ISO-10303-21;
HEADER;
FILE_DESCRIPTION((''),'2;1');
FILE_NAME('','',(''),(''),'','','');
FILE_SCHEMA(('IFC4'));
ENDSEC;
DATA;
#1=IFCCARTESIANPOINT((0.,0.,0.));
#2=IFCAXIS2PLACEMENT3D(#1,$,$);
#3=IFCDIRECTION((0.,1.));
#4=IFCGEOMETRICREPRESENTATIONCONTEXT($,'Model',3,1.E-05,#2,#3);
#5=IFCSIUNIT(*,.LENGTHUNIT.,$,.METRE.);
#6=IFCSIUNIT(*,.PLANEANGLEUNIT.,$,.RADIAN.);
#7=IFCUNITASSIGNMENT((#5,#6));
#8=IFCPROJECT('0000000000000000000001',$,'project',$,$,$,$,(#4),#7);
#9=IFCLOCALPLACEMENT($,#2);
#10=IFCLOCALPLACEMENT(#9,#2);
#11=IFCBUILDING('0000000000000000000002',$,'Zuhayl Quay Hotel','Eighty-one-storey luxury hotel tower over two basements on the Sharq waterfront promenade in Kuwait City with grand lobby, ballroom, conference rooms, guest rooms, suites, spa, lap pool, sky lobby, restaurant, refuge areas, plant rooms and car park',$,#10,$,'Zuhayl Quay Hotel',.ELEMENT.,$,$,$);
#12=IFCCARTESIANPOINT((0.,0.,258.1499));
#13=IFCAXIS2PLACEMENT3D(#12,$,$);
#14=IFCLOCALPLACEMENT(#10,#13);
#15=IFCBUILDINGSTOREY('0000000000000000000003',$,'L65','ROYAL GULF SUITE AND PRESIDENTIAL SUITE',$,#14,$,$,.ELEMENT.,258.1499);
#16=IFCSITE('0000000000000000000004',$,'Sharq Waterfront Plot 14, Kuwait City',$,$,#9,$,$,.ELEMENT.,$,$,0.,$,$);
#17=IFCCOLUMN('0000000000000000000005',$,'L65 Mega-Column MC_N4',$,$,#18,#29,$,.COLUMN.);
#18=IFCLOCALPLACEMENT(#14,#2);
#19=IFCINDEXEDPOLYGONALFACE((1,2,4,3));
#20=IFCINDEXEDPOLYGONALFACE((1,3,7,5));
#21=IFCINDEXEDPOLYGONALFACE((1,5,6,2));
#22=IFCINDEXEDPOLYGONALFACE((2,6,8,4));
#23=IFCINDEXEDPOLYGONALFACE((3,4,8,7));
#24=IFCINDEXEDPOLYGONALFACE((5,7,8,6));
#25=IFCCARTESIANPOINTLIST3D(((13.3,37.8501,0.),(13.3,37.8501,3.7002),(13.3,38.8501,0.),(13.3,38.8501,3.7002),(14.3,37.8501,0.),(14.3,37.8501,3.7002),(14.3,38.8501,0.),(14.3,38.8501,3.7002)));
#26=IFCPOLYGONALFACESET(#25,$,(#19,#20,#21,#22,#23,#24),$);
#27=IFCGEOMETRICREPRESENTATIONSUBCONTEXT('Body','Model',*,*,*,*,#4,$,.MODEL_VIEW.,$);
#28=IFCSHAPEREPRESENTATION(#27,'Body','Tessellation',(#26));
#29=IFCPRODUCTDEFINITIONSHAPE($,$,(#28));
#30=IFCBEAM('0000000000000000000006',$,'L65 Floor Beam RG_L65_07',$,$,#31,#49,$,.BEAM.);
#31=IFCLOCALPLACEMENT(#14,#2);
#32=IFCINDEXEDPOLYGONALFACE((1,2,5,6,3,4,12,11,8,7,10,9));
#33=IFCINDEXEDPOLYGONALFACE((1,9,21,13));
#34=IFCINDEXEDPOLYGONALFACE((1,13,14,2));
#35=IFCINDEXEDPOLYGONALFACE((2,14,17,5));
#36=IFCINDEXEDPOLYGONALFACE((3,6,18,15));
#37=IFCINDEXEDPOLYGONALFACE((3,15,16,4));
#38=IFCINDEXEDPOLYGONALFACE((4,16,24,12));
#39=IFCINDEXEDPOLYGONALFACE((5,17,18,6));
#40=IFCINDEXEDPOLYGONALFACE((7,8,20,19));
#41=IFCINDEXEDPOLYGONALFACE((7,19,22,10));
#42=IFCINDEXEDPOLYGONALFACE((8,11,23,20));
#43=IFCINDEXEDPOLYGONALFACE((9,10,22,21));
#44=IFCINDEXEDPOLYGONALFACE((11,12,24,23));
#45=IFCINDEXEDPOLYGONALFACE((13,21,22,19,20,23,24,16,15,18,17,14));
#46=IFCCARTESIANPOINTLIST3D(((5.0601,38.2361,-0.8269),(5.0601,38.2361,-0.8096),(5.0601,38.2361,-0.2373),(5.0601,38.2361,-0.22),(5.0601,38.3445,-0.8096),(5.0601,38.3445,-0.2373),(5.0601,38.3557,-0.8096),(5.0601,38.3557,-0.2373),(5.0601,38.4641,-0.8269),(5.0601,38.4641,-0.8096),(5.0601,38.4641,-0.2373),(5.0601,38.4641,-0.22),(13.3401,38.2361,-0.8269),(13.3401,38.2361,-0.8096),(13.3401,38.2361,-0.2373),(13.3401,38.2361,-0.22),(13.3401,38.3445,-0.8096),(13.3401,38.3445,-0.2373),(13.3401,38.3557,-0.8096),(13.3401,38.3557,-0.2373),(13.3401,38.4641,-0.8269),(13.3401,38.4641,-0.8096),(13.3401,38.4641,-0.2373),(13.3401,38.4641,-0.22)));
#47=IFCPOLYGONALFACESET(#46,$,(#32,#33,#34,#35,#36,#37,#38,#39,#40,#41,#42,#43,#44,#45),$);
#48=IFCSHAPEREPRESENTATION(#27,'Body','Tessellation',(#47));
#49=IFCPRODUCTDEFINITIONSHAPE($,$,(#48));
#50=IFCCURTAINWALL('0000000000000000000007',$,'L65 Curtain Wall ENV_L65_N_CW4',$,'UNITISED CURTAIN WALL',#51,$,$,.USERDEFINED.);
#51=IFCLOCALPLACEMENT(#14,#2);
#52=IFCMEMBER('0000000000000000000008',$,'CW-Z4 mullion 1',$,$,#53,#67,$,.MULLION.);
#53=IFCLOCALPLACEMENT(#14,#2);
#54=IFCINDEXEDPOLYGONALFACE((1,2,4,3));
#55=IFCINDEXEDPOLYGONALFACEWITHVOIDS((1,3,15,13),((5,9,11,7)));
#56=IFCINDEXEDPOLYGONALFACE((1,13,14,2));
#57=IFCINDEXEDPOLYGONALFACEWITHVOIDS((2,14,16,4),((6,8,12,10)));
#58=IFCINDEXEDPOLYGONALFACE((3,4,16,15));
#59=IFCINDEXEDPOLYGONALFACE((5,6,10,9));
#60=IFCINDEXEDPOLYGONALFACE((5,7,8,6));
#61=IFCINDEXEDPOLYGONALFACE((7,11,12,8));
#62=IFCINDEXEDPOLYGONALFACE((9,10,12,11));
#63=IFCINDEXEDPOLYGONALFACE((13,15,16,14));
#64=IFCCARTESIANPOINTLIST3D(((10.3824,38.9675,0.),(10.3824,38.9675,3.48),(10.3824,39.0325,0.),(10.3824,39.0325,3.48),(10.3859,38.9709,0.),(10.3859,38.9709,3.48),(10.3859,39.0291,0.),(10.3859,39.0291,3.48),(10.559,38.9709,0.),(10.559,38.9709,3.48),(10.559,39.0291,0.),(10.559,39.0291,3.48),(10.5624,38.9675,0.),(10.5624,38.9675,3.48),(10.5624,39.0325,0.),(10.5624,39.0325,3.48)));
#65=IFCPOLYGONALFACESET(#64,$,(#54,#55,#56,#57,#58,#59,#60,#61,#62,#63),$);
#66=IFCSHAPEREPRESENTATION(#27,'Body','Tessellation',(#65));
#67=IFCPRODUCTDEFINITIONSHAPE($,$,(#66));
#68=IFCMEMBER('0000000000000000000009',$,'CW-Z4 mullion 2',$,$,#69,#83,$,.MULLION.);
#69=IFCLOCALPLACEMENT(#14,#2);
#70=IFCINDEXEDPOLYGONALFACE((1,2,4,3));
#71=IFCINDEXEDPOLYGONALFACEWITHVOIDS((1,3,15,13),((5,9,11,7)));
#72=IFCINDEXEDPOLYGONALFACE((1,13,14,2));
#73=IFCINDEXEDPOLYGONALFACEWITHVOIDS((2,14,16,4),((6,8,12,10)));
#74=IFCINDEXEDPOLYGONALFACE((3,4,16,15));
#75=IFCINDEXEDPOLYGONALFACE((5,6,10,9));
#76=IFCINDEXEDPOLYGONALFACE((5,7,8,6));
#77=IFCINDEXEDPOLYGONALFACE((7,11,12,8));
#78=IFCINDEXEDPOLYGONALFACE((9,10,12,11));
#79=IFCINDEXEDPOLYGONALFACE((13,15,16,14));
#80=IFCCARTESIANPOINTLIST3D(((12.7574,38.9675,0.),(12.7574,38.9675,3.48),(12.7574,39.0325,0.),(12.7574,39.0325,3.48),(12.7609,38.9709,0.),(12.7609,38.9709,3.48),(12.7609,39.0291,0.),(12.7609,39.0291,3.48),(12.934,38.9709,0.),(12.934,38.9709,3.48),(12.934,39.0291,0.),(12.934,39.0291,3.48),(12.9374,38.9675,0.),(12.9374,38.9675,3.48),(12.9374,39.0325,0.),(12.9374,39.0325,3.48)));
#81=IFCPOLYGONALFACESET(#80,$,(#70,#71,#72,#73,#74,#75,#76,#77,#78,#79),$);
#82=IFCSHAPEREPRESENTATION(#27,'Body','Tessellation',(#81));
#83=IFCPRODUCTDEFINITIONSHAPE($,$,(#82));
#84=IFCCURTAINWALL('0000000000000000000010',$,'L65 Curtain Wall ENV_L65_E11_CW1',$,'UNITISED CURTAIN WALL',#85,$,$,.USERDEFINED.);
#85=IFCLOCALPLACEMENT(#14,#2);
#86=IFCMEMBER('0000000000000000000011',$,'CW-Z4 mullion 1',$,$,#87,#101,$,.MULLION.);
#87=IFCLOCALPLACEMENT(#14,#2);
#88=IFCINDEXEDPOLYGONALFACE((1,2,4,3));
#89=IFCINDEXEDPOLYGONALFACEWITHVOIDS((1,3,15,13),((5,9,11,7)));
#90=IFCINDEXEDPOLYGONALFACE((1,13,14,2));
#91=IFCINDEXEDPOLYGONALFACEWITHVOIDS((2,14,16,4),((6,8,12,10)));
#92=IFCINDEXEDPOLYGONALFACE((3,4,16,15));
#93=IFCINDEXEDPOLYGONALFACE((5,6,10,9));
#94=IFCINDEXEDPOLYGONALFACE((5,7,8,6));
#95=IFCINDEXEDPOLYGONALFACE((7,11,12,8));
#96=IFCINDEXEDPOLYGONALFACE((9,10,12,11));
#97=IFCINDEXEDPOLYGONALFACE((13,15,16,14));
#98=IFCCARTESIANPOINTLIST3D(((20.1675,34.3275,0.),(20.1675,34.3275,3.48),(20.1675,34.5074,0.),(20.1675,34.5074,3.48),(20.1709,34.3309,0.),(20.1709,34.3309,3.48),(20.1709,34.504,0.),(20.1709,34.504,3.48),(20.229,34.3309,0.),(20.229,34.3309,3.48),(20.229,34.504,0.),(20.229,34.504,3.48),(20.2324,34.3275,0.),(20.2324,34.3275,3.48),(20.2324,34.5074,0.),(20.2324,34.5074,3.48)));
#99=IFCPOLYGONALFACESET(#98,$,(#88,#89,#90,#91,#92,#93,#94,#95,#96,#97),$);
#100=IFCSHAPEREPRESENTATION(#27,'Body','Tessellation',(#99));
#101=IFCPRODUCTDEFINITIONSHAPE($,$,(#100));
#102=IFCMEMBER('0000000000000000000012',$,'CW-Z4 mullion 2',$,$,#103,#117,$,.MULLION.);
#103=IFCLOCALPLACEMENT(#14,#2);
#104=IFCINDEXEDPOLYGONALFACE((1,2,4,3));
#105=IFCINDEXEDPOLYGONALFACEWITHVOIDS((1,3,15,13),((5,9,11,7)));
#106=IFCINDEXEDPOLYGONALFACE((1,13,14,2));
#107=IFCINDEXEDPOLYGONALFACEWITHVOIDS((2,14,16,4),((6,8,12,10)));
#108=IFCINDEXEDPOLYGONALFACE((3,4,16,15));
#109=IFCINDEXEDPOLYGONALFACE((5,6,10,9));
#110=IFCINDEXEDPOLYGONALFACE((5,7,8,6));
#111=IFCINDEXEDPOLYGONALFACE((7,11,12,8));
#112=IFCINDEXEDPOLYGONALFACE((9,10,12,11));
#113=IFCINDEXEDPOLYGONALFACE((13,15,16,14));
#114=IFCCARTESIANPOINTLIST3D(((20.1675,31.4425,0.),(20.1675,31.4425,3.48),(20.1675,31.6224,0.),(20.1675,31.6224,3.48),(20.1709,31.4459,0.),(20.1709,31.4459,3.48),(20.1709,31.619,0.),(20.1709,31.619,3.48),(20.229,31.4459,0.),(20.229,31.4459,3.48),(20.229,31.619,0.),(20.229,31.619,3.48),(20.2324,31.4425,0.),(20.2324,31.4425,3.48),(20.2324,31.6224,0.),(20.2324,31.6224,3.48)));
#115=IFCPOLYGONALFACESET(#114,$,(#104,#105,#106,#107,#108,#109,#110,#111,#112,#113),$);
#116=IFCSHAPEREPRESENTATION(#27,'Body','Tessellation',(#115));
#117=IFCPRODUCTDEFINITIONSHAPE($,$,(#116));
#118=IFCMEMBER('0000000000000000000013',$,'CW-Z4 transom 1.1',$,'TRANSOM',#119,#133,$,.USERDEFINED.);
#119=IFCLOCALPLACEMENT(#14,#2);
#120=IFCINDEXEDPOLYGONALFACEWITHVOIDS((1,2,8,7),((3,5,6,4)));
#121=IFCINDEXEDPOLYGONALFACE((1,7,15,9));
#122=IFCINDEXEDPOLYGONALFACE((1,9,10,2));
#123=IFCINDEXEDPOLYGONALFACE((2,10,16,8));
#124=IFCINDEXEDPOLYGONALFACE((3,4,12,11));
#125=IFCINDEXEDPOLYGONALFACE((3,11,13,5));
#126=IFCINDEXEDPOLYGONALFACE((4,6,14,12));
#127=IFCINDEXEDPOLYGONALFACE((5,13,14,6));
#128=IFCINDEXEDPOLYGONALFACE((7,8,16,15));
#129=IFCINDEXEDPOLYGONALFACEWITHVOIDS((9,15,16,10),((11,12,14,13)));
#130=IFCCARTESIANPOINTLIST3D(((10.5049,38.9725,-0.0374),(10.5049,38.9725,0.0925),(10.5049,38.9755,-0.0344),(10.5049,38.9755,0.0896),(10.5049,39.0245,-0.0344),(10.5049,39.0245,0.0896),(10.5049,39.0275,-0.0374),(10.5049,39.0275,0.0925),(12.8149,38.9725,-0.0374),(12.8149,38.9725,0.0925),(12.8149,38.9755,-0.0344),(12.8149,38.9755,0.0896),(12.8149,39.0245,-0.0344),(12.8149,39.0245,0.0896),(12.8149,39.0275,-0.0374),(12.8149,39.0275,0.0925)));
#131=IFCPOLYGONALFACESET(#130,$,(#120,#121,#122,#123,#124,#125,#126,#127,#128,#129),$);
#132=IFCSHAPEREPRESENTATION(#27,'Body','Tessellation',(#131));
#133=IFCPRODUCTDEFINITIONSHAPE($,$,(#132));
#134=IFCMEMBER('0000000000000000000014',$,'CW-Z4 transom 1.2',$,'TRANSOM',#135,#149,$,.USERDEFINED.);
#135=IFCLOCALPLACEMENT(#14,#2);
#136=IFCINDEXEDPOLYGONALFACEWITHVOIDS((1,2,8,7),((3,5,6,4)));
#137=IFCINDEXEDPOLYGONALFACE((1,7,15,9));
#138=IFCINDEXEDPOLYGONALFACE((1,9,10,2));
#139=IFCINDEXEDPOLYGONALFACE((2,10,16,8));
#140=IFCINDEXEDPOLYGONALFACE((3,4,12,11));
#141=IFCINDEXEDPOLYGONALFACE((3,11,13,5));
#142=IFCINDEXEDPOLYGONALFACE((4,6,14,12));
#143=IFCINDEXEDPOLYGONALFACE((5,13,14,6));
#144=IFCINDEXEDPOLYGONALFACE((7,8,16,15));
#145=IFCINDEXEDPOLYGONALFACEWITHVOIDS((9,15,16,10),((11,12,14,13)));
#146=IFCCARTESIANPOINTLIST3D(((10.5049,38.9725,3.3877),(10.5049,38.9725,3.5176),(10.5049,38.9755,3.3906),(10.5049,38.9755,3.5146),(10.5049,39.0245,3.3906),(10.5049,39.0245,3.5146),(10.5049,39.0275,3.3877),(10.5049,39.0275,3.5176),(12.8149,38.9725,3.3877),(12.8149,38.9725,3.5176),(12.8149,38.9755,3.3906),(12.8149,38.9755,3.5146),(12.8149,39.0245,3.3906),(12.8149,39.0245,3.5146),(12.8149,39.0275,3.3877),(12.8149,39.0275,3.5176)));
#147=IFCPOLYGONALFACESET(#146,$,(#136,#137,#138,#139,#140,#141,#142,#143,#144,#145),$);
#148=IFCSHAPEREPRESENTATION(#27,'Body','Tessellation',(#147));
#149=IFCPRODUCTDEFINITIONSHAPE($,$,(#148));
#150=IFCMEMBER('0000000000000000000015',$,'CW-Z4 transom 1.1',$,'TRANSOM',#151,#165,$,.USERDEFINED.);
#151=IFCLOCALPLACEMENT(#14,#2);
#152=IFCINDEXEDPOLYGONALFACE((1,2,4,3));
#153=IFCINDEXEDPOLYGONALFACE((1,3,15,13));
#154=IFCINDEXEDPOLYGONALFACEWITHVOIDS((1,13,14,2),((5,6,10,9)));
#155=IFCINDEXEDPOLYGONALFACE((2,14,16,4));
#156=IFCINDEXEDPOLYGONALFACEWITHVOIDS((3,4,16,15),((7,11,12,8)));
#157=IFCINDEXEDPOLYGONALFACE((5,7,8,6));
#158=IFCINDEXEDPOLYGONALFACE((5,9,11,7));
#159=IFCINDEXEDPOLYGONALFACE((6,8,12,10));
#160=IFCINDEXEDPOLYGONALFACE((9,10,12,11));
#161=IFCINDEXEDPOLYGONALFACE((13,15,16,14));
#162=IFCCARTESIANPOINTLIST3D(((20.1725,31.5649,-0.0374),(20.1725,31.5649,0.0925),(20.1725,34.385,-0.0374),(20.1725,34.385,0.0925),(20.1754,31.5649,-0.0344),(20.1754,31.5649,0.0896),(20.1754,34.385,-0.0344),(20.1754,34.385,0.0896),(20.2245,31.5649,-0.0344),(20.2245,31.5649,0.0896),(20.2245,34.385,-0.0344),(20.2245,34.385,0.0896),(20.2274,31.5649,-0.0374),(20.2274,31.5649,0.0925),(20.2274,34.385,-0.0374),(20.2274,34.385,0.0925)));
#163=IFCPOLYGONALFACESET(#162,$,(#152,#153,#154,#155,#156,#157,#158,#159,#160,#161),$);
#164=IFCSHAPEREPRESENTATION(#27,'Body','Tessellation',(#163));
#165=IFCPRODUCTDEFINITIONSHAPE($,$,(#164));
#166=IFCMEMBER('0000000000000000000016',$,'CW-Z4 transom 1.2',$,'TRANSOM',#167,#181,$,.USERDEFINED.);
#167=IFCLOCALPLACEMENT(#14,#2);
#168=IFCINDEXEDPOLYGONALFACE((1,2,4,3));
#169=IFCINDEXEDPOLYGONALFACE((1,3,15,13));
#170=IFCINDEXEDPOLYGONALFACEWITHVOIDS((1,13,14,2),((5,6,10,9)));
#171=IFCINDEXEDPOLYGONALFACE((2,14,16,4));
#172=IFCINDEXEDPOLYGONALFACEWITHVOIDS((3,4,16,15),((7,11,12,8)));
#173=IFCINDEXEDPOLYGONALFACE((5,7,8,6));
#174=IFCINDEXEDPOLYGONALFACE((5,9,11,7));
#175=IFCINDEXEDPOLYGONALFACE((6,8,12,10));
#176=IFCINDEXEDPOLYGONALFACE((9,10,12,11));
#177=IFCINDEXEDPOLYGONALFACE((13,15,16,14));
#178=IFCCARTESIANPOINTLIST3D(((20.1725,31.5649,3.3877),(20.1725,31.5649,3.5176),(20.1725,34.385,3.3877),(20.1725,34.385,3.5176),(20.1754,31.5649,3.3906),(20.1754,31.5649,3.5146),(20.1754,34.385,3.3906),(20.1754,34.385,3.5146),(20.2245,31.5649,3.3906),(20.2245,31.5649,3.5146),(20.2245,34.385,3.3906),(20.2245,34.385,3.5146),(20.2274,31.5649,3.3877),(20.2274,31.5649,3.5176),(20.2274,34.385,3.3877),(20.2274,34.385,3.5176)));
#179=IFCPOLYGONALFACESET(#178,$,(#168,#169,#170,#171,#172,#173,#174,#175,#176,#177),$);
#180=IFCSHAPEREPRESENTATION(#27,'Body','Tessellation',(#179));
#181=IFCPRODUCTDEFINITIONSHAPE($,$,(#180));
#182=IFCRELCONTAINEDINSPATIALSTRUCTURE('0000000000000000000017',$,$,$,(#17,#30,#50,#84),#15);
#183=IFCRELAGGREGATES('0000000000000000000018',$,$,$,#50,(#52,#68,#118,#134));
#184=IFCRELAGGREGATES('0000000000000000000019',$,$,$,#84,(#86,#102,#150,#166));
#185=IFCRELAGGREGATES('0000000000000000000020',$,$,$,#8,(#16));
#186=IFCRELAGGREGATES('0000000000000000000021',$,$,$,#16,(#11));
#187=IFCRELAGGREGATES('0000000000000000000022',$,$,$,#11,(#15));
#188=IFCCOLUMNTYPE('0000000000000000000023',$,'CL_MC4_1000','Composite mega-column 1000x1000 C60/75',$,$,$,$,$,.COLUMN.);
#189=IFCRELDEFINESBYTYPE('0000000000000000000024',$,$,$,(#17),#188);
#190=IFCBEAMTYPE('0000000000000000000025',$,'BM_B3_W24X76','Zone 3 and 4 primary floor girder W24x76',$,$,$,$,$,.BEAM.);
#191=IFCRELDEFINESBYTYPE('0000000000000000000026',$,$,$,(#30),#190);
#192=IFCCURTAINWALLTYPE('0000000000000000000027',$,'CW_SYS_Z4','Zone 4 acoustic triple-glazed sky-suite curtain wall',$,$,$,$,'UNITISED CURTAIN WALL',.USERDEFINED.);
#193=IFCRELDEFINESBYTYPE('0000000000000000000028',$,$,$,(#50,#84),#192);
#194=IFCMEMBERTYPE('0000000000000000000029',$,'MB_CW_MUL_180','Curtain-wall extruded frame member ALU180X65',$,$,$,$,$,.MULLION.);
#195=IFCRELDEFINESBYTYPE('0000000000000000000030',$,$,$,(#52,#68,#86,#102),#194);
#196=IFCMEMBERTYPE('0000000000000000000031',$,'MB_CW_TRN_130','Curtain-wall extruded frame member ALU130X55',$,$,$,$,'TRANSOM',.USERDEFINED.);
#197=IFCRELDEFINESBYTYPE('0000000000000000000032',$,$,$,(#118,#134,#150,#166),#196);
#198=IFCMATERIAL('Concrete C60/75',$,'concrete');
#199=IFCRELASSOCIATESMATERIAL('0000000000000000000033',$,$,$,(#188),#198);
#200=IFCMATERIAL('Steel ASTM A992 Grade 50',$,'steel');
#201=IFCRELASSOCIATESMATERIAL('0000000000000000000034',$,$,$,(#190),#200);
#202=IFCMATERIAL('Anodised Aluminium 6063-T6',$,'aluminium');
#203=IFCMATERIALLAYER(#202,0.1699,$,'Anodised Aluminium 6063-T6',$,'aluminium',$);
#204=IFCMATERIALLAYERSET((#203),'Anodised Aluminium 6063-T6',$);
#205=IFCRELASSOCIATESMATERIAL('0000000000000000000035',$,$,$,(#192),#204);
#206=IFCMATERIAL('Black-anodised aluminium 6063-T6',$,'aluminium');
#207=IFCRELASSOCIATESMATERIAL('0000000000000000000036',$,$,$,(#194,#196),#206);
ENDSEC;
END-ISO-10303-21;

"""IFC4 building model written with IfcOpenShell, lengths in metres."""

from ifc_helpers import new_model, si_unit, direction, frame, origin, origin_2d, place, context, subcontext, project, spatial, rectangle, hollow_rectangle, i_section, extrude, material, layer, layer_set, material_profile, profile_set, type_object, element, aggregate, save


model = new_model("IFC4")

# Units and contexts
model_context = context("Model", 3, precision=1e-05, world=origin(), true_north=direction((0.0, 1.0)))
body_context = subcontext(model_context, "Body", "Model", "MODEL_VIEW")
ifc_project = project(units=[si_unit("LENGTHUNIT", "METRE"), si_unit("PLANEANGLEUNIT", "RADIAN")], contexts=[model_context])

# Site, building, storey
site_placement = place(None, origin())
site = spatial("IfcSite", under=ifc_project, at=site_placement, Name="Sharq Waterfront Plot 14, Kuwait City", CompositionType="ELEMENT", RefElevation=0.0)
building_placement = place(site_placement, origin())
building = spatial("IfcBuilding", under=site, at=building_placement, Name="Zuhayl Quay Hotel", Description="Eighty-one-storey luxury hotel tower over two basements on the Sharq waterfront promenade in Kuwait City with grand lobby, ballroom, conference rooms, guest rooms, suites, spa, lap pool, sky lobby, restaurant, refuge areas, plant rooms and car park", LongName="Zuhayl Quay Hotel", CompositionType="ELEMENT")
storey_placement = place(building_placement, frame((0.0, 0.0, 258.1499)))
storey = spatial("IfcBuildingStorey", under=building, at=storey_placement, Name="L65", Description="ROYAL GULF SUITE AND PRESIDENTIAL SUITE", CompositionType="ELEMENT", Elevation=258.1499)

# Column
ifc_material_1 = material(Name="Concrete C60/75", Category="concrete")
ifc_material_profile_1 = material_profile(ifc_material_1, rectangle(XDim=1.0, YDim=1.0, at=origin_2d()), Name="RC1000X1000")
ifc_profile_set_1 = profile_set([ifc_material_profile_1], Name="Concrete C60/75")
column_type = type_object("IfcColumnType", Name="CL_MC4_1000", Description="Composite mega-column 1000x1000 C60/75", PredefinedType="COLUMN", material=ifc_profile_set_1)
column_placement = place(storey_placement, frame((13.8, 38.3501, 0.0), z_axis=(0.0, 0.0, 1.0), x_axis=(1.0, 0.0, 0.0)))
element("IfcColumn", 1, at=column_placement, inside=storey, type_object=column_type, Name="L65 Mega-Column MC_N4", PredefinedType="COLUMN", context=body_context, shape_type="SweptSolid", body=[
    extrude(rectangle(XDim=1.0, YDim=1.0, at=origin_2d()), origin(), (0.0, 0.0, 1.0), 3.7002),
])

# Beam
ifc_material_2 = material(Name="Steel ASTM A992 Grade 50", Category="steel")
ifc_material_profile_2 = material_profile(ifc_material_2, i_section(OverallWidth=0.228, OverallDepth=0.6069, WebThickness=0.0112, FlangeThickness=0.0173, at=origin_2d()), Name="W24X76")
ifc_profile_set_2 = profile_set([ifc_material_profile_2], Name="Steel ASTM A992 Grade 50")
beam_type = type_object("IfcBeamType", Name="BM_B3_W24X76", Description="Zone 3 and 4 primary floor girder W24x76", PredefinedType="BEAM", material=ifc_profile_set_2)
beam_placement = place(storey_placement, frame((13.3401, 38.3501, -0.5234), z_axis=(-1.0, 0.0, 0.0), x_axis=(0.0, -1.0, 0.0)))
element("IfcBeam", 2, at=beam_placement, inside=storey, type_object=beam_type, Name="L65 Floor Beam RG_L65_07", PredefinedType="BEAM", context=body_context, shape_type="SweptSolid", body=[
    extrude(i_section(OverallWidth=0.228, OverallDepth=0.6069, WebThickness=0.0112, FlangeThickness=0.0173, at=origin_2d()), origin(), (0.0, 0.0, 1.0), 8.28),
])

# Curtain walls, members
ifc_material_3 = material(Name="Anodised Aluminium 6063-T6", Category="aluminium")
ifc_layer_1 = layer(ifc_material_3, 0.1699, Name="Anodised Aluminium 6063-T6", Category="aluminium")
ifc_layer_set_1 = layer_set([ifc_layer_1], Name="Anodised Aluminium 6063-T6")
curtain_wall_type = type_object("IfcCurtainWallType", Name="CW_SYS_Z4", Description="Zone 4 acoustic triple-glazed sky-suite curtain wall", ElementType="UNITISED CURTAIN WALL", PredefinedType="USERDEFINED", material=ifc_layer_set_1)
curtain_wall_1_placement = place(storey_placement, origin())
curtain_wall_1 = element("IfcCurtainWall", 3, at=curtain_wall_1_placement, inside=storey, type_object=curtain_wall_type, Name="L65 Curtain Wall ENV_L65_N_CW4", ObjectType="UNITISED CURTAIN WALL", PredefinedType="USERDEFINED")
ifc_material_4 = material(Name="Black-anodised aluminium 6063-T6", Category="aluminium")
ifc_material_profile_3 = material_profile(ifc_material_4, hollow_rectangle(XDim=0.0649, YDim=0.1799, WallThickness=0.0034, at=origin_2d()), Name="ALU180X65")
ifc_profile_set_3 = profile_set([ifc_material_profile_3], Name="Black-anodised aluminium 6063-T6")
member_type_1 = type_object("IfcMemberType", Name="MB_CW_MUL_180", Description="Curtain-wall extruded frame member ALU180X65", PredefinedType="MULLION", material=ifc_profile_set_3)
member_1_placement = place(storey_placement, frame((10.4724, 39.0, 0.0), z_axis=(0.0, 0.0, 1.0), x_axis=(0.0, 1.0, 0.0)))
member_1 = element("IfcMember", 4, at=member_1_placement, type_object=member_type_1, Name="CW-Z4 mullion 1", PredefinedType="MULLION", context=body_context, shape_type="SweptSolid", body=[
    extrude(hollow_rectangle(XDim=0.0649, YDim=0.1799, WallThickness=0.0034, at=origin_2d()), origin(), (0.0, 0.0, 1.0), 3.48),
])
member_2_placement = place(storey_placement, frame((12.8474, 39.0, 0.0), z_axis=(0.0, 0.0, 1.0), x_axis=(0.0, 1.0, 0.0)))
member_2 = element("IfcMember", 5, at=member_2_placement, type_object=member_type_1, Name="CW-Z4 mullion 2", PredefinedType="MULLION", context=body_context, shape_type="SweptSolid", body=[
    extrude(hollow_rectangle(XDim=0.0649, YDim=0.1799, WallThickness=0.0034, at=origin_2d()), origin(), (0.0, 0.0, 1.0), 3.48),
])
curtain_wall_2_placement = place(storey_placement, origin())
curtain_wall_2 = element("IfcCurtainWall", 6, at=curtain_wall_2_placement, inside=storey, type_object=curtain_wall_type, Name="L65 Curtain Wall ENV_L65_E11_CW1", ObjectType="UNITISED CURTAIN WALL", PredefinedType="USERDEFINED")
member_3_placement = place(storey_placement, frame((20.2, 34.4175, 0.0), z_axis=(0.0, 0.0, 1.0), x_axis=(1.0, 0.0, 0.0)))
member_3 = element("IfcMember", 7, at=member_3_placement, type_object=member_type_1, Name="CW-Z4 mullion 1", PredefinedType="MULLION", context=body_context, shape_type="SweptSolid", body=[
    extrude(hollow_rectangle(XDim=0.0649, YDim=0.1799, WallThickness=0.0034, at=origin_2d()), origin(), (0.0, 0.0, 1.0), 3.48),
])
member_4_placement = place(storey_placement, frame((20.2, 31.5325, 0.0), z_axis=(0.0, 0.0, 1.0), x_axis=(1.0, 0.0, 0.0)))
member_4 = element("IfcMember", 8, at=member_4_placement, type_object=member_type_1, Name="CW-Z4 mullion 2", PredefinedType="MULLION", context=body_context, shape_type="SweptSolid", body=[
    extrude(hollow_rectangle(XDim=0.0649, YDim=0.1799, WallThickness=0.0034, at=origin_2d()), origin(), (0.0, 0.0, 1.0), 3.48),
])

# Members
ifc_material_profile_4 = material_profile(ifc_material_4, hollow_rectangle(XDim=0.0549, YDim=0.1299, WallThickness=0.0029, at=origin_2d()), Name="ALU130X55")
ifc_profile_set_4 = profile_set([ifc_material_profile_4], Name="Black-anodised aluminium 6063-T6")
member_type_2 = type_object("IfcMemberType", Name="MB_CW_TRN_130", Description="Curtain-wall extruded frame member ALU130X55", ElementType="TRANSOM", PredefinedType="USERDEFINED", material=ifc_profile_set_4)
member_5_placement = place(storey_placement, frame((10.5049, 39.0, 0.0276), z_axis=(1.0, 0.0, 0.0), x_axis=(0.0, 1.0, 0.0)))
member_5 = element("IfcMember", 9, at=member_5_placement, type_object=member_type_2, Name="CW-Z4 transom 1.1", ObjectType="TRANSOM", PredefinedType="USERDEFINED", context=body_context, shape_type="SweptSolid", body=[
    extrude(hollow_rectangle(XDim=0.0549, YDim=0.1299, WallThickness=0.0029, at=origin_2d()), origin(), (0.0, 0.0, 1.0), 2.3101),
])
member_6_placement = place(storey_placement, frame((10.5049, 39.0, 3.4526), z_axis=(1.0, 0.0, 0.0), x_axis=(0.0, 1.0, 0.0)))
member_6 = element("IfcMember", 10, at=member_6_placement, type_object=member_type_2, Name="CW-Z4 transom 1.2", ObjectType="TRANSOM", PredefinedType="USERDEFINED", context=body_context, shape_type="SweptSolid", body=[
    extrude(hollow_rectangle(XDim=0.0549, YDim=0.1299, WallThickness=0.0029, at=origin_2d()), origin(), (0.0, 0.0, 1.0), 2.3101),
])
member_7_placement = place(storey_placement, frame((20.2, 34.385, 0.0276), z_axis=(0.0, -1.0, 0.0), x_axis=(1.0, 0.0, 0.0)))
member_7 = element("IfcMember", 11, at=member_7_placement, type_object=member_type_2, Name="CW-Z4 transom 1.1", ObjectType="TRANSOM", PredefinedType="USERDEFINED", context=body_context, shape_type="SweptSolid", body=[
    extrude(hollow_rectangle(XDim=0.0549, YDim=0.1299, WallThickness=0.0029, at=origin_2d()), origin(), (0.0, 0.0, 1.0), 2.8201),
])
member_8_placement = place(storey_placement, frame((20.2, 34.385, 3.4526), z_axis=(0.0, -1.0, 0.0), x_axis=(1.0, 0.0, 0.0)))
member_8 = element("IfcMember", 12, at=member_8_placement, type_object=member_type_2, Name="CW-Z4 transom 1.2", ObjectType="TRANSOM", PredefinedType="USERDEFINED", context=body_context, shape_type="SweptSolid", body=[
    extrude(hollow_rectangle(XDim=0.0549, YDim=0.1299, WallThickness=0.0029, at=origin_2d()), origin(), (0.0, 0.0, 1.0), 2.8201),
])

aggregate(curtain_wall_1, [member_1, member_2, member_5, member_6])
aggregate(curtain_wall_2, [member_3, member_4, member_7, member_8])

save(model, "model.ifc")
